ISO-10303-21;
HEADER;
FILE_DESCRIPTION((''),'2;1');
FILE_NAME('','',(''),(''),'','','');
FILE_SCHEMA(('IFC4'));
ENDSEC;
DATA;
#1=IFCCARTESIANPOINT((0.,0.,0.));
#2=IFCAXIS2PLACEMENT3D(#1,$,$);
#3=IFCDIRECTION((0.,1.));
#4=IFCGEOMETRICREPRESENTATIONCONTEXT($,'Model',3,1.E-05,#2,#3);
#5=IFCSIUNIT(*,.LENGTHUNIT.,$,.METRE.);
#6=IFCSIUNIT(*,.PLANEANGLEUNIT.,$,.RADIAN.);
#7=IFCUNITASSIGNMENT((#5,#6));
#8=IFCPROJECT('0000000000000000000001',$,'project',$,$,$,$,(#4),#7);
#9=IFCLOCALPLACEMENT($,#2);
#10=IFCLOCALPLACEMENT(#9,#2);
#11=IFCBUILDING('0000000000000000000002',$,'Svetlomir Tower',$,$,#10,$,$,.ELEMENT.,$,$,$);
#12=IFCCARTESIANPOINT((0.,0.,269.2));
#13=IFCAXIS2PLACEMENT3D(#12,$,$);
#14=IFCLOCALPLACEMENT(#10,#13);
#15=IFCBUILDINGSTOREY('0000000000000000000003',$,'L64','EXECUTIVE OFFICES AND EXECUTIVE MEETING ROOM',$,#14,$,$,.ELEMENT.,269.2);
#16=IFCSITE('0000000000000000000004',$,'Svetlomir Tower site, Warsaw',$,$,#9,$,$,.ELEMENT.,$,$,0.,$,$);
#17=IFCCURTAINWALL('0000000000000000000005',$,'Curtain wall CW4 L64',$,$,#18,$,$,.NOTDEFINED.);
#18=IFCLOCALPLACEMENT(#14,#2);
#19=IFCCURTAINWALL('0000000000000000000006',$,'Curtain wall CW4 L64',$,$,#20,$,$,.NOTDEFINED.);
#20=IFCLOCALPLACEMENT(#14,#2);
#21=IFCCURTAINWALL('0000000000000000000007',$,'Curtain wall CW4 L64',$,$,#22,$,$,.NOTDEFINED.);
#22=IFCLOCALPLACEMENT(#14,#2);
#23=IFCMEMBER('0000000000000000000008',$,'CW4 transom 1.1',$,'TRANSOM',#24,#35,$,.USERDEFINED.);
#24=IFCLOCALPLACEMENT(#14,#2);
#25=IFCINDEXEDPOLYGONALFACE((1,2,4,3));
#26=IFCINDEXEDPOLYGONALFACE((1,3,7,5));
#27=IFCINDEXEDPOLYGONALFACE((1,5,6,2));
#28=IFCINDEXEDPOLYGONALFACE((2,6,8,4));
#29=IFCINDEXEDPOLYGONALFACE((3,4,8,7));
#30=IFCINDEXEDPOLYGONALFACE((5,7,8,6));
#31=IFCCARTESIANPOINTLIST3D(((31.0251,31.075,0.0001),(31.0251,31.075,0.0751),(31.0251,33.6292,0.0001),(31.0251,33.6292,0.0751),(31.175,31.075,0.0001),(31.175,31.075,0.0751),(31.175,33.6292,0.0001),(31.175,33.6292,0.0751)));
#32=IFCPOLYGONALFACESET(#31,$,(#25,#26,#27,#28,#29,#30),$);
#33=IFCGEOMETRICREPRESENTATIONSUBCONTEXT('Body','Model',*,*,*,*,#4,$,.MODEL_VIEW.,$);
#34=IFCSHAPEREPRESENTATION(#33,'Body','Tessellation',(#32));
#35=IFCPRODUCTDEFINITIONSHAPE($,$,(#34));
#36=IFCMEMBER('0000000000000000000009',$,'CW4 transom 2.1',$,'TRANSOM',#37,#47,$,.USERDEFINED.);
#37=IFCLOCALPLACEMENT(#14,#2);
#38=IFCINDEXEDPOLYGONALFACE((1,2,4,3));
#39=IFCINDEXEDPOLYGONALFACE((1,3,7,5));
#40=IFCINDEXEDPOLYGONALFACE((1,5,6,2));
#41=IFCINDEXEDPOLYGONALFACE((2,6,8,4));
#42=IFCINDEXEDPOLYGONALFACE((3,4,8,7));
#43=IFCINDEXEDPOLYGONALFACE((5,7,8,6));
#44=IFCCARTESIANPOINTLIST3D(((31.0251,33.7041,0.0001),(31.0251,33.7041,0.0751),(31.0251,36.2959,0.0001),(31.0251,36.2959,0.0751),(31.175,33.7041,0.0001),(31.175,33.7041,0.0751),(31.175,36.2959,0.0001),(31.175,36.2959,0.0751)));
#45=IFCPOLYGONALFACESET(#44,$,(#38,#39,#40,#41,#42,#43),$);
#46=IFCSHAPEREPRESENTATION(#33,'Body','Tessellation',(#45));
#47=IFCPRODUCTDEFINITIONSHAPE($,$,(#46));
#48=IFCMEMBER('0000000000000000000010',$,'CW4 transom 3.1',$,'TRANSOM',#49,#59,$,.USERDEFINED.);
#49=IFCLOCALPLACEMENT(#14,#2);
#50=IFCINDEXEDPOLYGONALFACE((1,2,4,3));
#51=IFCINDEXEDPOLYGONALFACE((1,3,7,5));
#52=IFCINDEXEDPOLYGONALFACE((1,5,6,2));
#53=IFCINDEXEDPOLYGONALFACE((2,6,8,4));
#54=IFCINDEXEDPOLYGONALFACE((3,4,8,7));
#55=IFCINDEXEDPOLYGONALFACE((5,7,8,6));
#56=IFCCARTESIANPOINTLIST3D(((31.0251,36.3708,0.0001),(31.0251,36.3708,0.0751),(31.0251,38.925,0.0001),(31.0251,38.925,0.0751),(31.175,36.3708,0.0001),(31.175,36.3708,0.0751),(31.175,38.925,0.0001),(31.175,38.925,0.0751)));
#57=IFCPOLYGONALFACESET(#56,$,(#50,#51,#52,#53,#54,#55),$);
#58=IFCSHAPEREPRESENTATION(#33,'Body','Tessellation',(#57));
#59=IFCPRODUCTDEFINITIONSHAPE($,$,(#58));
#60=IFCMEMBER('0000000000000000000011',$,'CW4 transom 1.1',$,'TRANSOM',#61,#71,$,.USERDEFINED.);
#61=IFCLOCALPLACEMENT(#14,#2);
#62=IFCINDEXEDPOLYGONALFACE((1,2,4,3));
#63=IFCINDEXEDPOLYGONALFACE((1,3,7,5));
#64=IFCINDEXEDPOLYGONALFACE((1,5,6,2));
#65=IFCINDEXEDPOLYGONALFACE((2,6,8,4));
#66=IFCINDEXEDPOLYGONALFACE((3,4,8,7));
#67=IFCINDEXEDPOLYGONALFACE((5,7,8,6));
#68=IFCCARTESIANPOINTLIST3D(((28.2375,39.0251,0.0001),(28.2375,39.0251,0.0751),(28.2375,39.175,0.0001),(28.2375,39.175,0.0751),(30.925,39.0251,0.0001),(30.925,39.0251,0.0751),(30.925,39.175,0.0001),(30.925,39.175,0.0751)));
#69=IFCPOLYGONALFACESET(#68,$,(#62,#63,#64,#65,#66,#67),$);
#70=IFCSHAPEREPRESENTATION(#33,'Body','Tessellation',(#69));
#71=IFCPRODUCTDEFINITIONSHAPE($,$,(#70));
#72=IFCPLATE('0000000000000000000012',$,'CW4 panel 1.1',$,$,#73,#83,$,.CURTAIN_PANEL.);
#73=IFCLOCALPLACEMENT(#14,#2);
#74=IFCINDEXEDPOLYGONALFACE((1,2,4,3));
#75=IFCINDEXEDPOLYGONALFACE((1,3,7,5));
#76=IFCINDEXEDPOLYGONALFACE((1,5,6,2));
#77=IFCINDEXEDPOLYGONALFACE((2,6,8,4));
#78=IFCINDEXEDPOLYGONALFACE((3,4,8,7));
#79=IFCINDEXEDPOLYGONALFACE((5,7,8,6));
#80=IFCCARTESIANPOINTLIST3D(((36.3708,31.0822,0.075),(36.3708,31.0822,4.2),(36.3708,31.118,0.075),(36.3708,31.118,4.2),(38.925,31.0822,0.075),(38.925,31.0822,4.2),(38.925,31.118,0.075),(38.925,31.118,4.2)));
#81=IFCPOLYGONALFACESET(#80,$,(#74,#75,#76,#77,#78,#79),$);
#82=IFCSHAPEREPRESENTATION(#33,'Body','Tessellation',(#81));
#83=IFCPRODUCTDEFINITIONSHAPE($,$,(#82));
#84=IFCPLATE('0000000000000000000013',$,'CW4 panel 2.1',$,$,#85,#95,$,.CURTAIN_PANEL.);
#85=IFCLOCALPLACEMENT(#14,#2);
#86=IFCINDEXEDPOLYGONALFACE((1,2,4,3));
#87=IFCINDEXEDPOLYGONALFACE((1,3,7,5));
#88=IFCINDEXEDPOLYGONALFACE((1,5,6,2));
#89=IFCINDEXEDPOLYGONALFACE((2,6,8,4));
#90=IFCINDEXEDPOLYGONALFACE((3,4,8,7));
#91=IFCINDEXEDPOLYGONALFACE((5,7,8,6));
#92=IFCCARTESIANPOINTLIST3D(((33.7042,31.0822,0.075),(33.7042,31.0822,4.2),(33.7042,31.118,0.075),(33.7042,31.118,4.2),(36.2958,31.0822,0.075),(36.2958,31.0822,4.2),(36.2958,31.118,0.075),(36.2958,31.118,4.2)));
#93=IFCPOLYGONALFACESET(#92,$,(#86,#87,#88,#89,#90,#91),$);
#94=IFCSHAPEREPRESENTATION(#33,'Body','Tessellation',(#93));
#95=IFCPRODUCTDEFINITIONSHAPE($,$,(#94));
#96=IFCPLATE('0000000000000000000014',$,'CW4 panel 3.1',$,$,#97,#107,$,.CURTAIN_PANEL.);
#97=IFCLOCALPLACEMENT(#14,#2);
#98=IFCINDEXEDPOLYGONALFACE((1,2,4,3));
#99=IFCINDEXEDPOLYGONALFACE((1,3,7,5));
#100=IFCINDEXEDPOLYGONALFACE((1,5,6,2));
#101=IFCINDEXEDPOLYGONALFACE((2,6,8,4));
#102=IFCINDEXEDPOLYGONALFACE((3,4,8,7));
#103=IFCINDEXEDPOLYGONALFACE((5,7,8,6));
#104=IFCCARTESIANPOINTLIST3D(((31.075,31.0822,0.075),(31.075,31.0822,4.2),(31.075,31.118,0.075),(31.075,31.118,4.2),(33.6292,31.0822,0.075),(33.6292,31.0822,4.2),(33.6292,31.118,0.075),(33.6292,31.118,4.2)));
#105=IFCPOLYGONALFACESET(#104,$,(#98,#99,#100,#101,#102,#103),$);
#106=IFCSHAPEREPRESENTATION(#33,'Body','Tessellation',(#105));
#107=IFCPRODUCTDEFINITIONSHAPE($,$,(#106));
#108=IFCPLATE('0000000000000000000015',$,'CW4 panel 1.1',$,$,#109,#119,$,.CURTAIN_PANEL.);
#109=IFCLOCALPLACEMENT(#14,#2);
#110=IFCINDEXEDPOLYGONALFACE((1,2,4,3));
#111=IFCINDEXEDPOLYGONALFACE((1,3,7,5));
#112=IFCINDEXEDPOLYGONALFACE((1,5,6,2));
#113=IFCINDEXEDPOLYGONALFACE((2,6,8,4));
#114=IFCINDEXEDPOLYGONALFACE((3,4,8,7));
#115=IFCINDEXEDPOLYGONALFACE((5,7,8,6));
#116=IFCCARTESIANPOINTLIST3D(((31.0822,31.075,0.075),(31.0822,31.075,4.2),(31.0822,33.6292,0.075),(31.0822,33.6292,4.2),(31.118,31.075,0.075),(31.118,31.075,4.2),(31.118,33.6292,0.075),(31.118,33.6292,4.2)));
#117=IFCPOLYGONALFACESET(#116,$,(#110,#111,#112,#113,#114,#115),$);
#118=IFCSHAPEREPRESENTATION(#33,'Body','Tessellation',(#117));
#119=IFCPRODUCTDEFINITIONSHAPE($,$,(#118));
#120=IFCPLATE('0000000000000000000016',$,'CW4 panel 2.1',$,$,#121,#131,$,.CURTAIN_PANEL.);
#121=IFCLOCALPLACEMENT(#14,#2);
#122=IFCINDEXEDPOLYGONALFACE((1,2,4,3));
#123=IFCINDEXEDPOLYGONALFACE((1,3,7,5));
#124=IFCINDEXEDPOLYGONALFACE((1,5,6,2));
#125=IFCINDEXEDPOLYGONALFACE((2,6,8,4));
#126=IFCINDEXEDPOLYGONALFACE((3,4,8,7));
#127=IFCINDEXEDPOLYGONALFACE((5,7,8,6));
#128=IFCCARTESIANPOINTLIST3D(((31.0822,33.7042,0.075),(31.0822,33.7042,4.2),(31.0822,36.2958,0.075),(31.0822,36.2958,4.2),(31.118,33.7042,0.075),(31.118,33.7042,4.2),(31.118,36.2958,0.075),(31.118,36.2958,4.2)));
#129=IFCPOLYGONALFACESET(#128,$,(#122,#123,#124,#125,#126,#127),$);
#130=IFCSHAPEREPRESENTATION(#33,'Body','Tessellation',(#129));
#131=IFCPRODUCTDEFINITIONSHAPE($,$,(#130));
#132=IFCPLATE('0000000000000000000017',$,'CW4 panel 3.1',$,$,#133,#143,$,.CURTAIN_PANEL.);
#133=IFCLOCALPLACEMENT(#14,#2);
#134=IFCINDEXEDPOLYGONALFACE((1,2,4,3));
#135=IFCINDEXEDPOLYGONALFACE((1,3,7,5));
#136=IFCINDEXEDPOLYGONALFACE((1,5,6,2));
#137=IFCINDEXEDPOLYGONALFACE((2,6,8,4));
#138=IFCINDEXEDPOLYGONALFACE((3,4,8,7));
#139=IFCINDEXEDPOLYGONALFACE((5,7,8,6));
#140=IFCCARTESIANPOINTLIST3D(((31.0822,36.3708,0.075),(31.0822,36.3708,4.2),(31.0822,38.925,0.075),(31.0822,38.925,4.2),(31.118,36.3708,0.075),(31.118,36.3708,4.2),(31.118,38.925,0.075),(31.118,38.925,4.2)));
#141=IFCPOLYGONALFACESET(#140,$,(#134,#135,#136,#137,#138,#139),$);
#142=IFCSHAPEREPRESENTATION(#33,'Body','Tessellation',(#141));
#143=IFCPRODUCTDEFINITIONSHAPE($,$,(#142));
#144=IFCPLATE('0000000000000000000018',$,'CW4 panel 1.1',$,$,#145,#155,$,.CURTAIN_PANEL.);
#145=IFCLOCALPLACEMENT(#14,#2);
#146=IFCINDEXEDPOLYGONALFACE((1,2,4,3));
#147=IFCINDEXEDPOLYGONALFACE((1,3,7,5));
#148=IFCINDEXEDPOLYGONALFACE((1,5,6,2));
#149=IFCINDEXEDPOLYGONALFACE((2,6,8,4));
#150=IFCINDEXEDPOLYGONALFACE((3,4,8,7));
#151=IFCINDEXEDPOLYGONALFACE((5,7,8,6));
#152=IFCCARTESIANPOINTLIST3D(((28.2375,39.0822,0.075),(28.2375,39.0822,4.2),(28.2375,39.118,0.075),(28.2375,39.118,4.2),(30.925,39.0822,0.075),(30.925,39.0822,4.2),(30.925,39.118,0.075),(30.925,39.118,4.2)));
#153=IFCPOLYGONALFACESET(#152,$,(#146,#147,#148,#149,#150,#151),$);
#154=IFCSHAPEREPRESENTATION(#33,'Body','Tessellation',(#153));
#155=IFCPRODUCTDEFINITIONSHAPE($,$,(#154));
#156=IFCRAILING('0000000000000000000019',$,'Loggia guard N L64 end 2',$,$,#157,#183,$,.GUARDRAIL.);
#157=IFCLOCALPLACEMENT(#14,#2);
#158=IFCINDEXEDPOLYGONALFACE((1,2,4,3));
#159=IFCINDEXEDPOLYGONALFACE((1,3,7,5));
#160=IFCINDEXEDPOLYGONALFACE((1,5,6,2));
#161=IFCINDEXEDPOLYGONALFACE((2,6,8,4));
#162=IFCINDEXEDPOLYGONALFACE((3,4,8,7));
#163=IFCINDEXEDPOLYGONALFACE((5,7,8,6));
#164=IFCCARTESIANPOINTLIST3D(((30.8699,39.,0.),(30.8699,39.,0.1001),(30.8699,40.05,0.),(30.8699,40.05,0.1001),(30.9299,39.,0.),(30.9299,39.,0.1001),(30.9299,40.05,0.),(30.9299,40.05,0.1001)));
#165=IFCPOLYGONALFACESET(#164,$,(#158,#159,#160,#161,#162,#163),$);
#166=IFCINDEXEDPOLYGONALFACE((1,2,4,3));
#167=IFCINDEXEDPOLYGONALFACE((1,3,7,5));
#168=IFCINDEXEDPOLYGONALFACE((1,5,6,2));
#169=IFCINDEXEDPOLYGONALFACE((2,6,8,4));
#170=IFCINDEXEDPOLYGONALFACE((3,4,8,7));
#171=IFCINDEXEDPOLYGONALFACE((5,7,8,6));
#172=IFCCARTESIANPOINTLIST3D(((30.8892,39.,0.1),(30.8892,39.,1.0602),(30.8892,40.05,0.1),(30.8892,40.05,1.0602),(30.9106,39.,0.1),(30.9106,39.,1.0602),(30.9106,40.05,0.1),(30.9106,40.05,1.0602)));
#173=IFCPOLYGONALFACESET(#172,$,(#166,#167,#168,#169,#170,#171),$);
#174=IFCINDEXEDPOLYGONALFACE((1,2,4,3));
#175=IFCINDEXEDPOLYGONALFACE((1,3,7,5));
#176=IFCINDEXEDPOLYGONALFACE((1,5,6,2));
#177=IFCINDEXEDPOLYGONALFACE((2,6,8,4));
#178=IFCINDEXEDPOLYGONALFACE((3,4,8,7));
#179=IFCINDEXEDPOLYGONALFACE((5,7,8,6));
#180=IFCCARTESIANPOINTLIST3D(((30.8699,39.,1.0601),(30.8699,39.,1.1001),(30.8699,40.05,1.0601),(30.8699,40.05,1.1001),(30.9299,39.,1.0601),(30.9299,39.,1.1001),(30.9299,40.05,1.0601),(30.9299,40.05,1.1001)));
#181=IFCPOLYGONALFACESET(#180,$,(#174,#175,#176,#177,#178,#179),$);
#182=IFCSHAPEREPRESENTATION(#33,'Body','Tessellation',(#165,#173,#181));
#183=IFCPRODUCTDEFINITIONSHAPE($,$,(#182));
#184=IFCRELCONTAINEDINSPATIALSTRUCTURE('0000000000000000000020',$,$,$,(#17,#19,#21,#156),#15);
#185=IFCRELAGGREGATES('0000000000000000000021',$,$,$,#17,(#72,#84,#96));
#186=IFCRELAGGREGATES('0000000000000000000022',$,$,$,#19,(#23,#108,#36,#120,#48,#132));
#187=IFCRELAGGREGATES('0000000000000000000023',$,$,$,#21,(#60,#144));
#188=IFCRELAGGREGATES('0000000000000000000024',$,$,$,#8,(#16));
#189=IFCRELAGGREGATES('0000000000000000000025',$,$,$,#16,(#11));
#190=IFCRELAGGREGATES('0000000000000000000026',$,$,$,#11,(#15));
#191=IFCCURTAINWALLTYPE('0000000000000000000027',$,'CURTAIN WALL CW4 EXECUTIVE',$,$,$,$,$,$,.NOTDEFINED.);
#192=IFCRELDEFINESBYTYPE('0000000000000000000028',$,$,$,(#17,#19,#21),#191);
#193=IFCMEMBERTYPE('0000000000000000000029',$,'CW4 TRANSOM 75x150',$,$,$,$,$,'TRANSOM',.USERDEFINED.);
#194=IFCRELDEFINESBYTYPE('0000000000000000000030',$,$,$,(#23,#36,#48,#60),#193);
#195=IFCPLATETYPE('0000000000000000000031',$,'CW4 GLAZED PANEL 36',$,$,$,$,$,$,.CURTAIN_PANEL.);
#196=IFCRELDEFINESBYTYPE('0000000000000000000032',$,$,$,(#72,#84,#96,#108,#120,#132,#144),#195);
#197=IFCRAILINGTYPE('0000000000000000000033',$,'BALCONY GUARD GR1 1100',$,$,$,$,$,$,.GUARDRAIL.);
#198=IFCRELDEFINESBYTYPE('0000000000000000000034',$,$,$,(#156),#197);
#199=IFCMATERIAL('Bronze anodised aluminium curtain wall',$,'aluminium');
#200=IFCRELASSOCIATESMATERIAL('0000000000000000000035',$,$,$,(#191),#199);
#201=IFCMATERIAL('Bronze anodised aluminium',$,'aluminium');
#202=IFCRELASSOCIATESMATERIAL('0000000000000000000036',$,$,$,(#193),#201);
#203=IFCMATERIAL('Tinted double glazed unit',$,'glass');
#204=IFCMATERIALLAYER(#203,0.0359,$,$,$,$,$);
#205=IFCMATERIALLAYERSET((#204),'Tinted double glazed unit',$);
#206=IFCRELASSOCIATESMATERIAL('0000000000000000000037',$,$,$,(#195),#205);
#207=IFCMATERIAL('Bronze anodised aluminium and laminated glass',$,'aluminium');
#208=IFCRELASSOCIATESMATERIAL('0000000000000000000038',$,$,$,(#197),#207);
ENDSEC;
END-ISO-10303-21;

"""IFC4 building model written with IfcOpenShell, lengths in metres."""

from ifc_helpers import new_model, si_unit, direction, frame, origin, origin_2d, place, context, subcontext, project, spatial, rectangle, extrude, material, layer, layer_set, material_profile, profile_set, type_object, element, aggregate, save


model = new_model("IFC4")

# Units and contexts
model_context = context("Model", 3, precision=1e-05, world=origin(), true_north=direction((0.0, 1.0)))
body_context = subcontext(model_context, "Body", "Model", "MODEL_VIEW")
ifc_project = project(units=[si_unit("LENGTHUNIT", "METRE"), si_unit("PLANEANGLEUNIT", "RADIAN")], contexts=[model_context])

# Site, building, storey
site_placement = place(None, origin())
site = spatial("IfcSite", under=ifc_project, at=site_placement, Name="Svetlomir Tower site, Warsaw", CompositionType="ELEMENT", RefElevation=0.0)
building_placement = place(site_placement, origin())
building = spatial("IfcBuilding", under=site, at=building_placement, Name="Svetlomir Tower", CompositionType="ELEMENT")
storey_placement = place(building_placement, frame((0.0, 0.0, 269.2)))
storey = spatial("IfcBuildingStorey", under=building, at=storey_placement, Name="L64", Description="EXECUTIVE OFFICES AND EXECUTIVE MEETING ROOM", CompositionType="ELEMENT", Elevation=269.2)

# Curtain walls
ifc_material_1 = material(Name="Bronze anodised aluminium curtain wall", Category="aluminium")
curtain_wall_type = type_object("IfcCurtainWallType", Name="CURTAIN WALL CW4 EXECUTIVE", PredefinedType="NOTDEFINED", material=ifc_material_1)
curtain_wall_1_placement = place(storey_placement, origin())
curtain_wall_1 = element("IfcCurtainWall", 1, at=curtain_wall_1_placement, inside=storey, type_object=curtain_wall_type, Name="Curtain wall CW4 L64", PredefinedType="NOTDEFINED")
curtain_wall_2_placement = place(storey_placement, origin())
curtain_wall_2 = element("IfcCurtainWall", 2, at=curtain_wall_2_placement, inside=storey, type_object=curtain_wall_type, Name="Curtain wall CW4 L64", PredefinedType="NOTDEFINED")

# Curtain wall
curtain_wall_3_placement = place(storey_placement, origin())
curtain_wall_3 = element("IfcCurtainWall", 3, at=curtain_wall_3_placement, inside=storey, type_object=curtain_wall_type, Name="Curtain wall CW4 L64", PredefinedType="NOTDEFINED")

# Members
ifc_material_2 = material(Name="Bronze anodised aluminium", Category="aluminium")
ifc_material_profile_1 = material_profile(ifc_material_2, rectangle(XDim=0.1499, YDim=0.075, at=origin_2d()), Name="AL 150x75")
ifc_profile_set_1 = profile_set([ifc_material_profile_1], Name="Bronze anodised aluminium 6063-T6")
member_type_1 = type_object("IfcMemberType", Name="CW4 TRANSOM 75x150", ElementType="TRANSOM", PredefinedType="USERDEFINED", material=ifc_profile_set_1)
member_1_placement = place(storey_placement, frame((31.1001, 31.075, 0.0376), z_axis=(0.0, 1.0, 0.0), x_axis=(-1.0, 0.0, 0.0)))
member_1 = element("IfcMember", 4, at=member_1_placement, type_object=member_type_1, Name="CW4 transom 1.1", ObjectType="TRANSOM", PredefinedType="USERDEFINED", context=body_context, shape_type="SweptSolid", body=[
    extrude(rectangle(XDim=0.1499, YDim=0.075, at=origin_2d()), origin(), (0.0, 0.0, 1.0), 2.5542),
])
member_2_placement = place(storey_placement, frame((31.1001, 33.7041, 0.0376), z_axis=(0.0, 1.0, 0.0), x_axis=(-1.0, 0.0, 0.0)))
member_2 = element("IfcMember", 5, at=member_2_placement, type_object=member_type_1, Name="CW4 transom 2.1", ObjectType="TRANSOM", PredefinedType="USERDEFINED", context=body_context, shape_type="SweptSolid", body=[
    extrude(rectangle(XDim=0.1499, YDim=0.075, at=origin_2d()), origin(), (0.0, 0.0, 1.0), 2.5918),
])
member_3_placement = place(storey_placement, frame((31.1001, 36.3708, 0.0376), z_axis=(0.0, 1.0, 0.0), x_axis=(-1.0, 0.0, 0.0)))
member_3 = element("IfcMember", 6, at=member_3_placement, type_object=member_type_1, Name="CW4 transom 3.1", ObjectType="TRANSOM", PredefinedType="USERDEFINED", context=body_context, shape_type="SweptSolid", body=[
    extrude(rectangle(XDim=0.1499, YDim=0.075, at=origin_2d()), origin(), (0.0, 0.0, 1.0), 2.5542),
])
member_4_placement = place(storey_placement, frame((30.925, 39.1001, 0.0376), z_axis=(-1.0, 0.0, 0.0), x_axis=(0.0, -1.0, 0.0)))
member_4 = element("IfcMember", 7, at=member_4_placement, type_object=member_type_1, Name="CW4 transom 1.1", ObjectType="TRANSOM", PredefinedType="USERDEFINED", context=body_context, shape_type="SweptSolid", body=[
    extrude(rectangle(XDim=0.1499, YDim=0.075, at=origin_2d()), origin(), (0.0, 0.0, 1.0), 2.6875),
])

# Plates
ifc_material_3 = material(Name="Tinted double glazed unit", Category="glass")
ifc_layer = layer(ifc_material_3, 0.0359)
ifc_layer_set = layer_set([ifc_layer], Name="Tinted double glazed unit")
plate_type = type_object("IfcPlateType", Name="CW4 GLAZED PANEL 36", PredefinedType="CURTAIN_PANEL", material=ifc_layer_set)
plate_1_placement = place(storey_placement, frame((37.6479, 31.1001, 0.075), z_axis=(0.0, 0.0, 1.0), x_axis=(-1.0, 0.0, 0.0)))
plate_1 = element("IfcPlate", 8, at=plate_1_placement, type_object=plate_type, Name="CW4 panel 1.1", PredefinedType="CURTAIN_PANEL", context=body_context, shape_type="SweptSolid", body=[
    extrude(rectangle(XDim=2.5542, YDim=0.0359, at=origin_2d()), origin(), (0.0, 0.0, 1.0), 4.125),
])
plate_2_placement = place(storey_placement, frame((35.0, 31.1001, 0.075), z_axis=(0.0, 0.0, 1.0), x_axis=(-1.0, 0.0, 0.0)))
plate_2 = element("IfcPlate", 9, at=plate_2_placement, type_object=plate_type, Name="CW4 panel 2.1", PredefinedType="CURTAIN_PANEL", context=body_context, shape_type="SweptSolid", body=[
    extrude(rectangle(XDim=2.5916, YDim=0.0359, at=origin_2d()), origin(), (0.0, 0.0, 1.0), 4.125),
])
plate_3_placement = place(storey_placement, frame((32.3521, 31.1001, 0.075), z_axis=(0.0, 0.0, 1.0), x_axis=(-1.0, 0.0, 0.0)))
plate_3 = element("IfcPlate", 10, at=plate_3_placement, type_object=plate_type, Name="CW4 panel 3.1", PredefinedType="CURTAIN_PANEL", context=body_context, shape_type="SweptSolid", body=[
    extrude(rectangle(XDim=2.5542, YDim=0.0359, at=origin_2d()), origin(), (0.0, 0.0, 1.0), 4.125),
])
aggregate(curtain_wall_1, [plate_1, plate_2, plate_3])
plate_4_placement = place(storey_placement, frame((31.1001, 32.3521, 0.075), z_axis=(0.0, 0.0, 1.0), x_axis=(0.0, 1.0, 0.0)))
plate_4 = element("IfcPlate", 11, at=plate_4_placement, type_object=plate_type, Name="CW4 panel 1.1", PredefinedType="CURTAIN_PANEL", context=body_context, shape_type="SweptSolid", body=[
    extrude(rectangle(XDim=2.5542, YDim=0.0359, at=origin_2d()), origin(), (0.0, 0.0, 1.0), 4.125),
])
plate_5_placement = place(storey_placement, frame((31.1001, 35.0, 0.075), z_axis=(0.0, 0.0, 1.0), x_axis=(0.0, 1.0, 0.0)))
plate_5 = element("IfcPlate", 12, at=plate_5_placement, type_object=plate_type, Name="CW4 panel 2.1", PredefinedType="CURTAIN_PANEL", context=body_context, shape_type="SweptSolid", body=[
    extrude(rectangle(XDim=2.5916, YDim=0.0359, at=origin_2d()), origin(), (0.0, 0.0, 1.0), 4.125),
])
plate_6_placement = place(storey_placement, frame((31.1001, 37.6479, 0.075), z_axis=(0.0, 0.0, 1.0), x_axis=(0.0, 1.0, 0.0)))
plate_6 = element("IfcPlate", 13, at=plate_6_placement, type_object=plate_type, Name="CW4 panel 3.1", PredefinedType="CURTAIN_PANEL", context=body_context, shape_type="SweptSolid", body=[
    extrude(rectangle(XDim=2.5542, YDim=0.0359, at=origin_2d()), origin(), (0.0, 0.0, 1.0), 4.125),
])
aggregate(curtain_wall_2, [member_1, plate_4, member_2, plate_5, member_3, plate_6])
plate_7_placement = place(storey_placement, frame((29.5813, 39.1001, 0.075), z_axis=(0.0, 0.0, 1.0), x_axis=(-1.0, 0.0, 0.0)))
plate_7 = element("IfcPlate", 14, at=plate_7_placement, type_object=plate_type, Name="CW4 panel 1.1", PredefinedType="CURTAIN_PANEL", context=body_context, shape_type="SweptSolid", body=[
    extrude(rectangle(XDim=2.6875, YDim=0.0359, at=origin_2d()), origin(), (0.0, 0.0, 1.0), 4.125),
])
aggregate(curtain_wall_3, [member_4, plate_7])

# Railing
ifc_material_4 = material(Name="Bronze anodised aluminium and laminated glass", Category="aluminium")
railing_type = type_object("IfcRailingType", Name="BALCONY GUARD GR1 1100", PredefinedType="GUARDRAIL", material=ifc_material_4)
railing_placement = place(storey_placement, frame((30.8999, 40.05, 0.0)))
element("IfcRailing", 15, at=railing_placement, inside=storey, type_object=railing_type, Name="Loggia guard N L64 end 2", PredefinedType="GUARDRAIL", context=body_context, shape_type="SweptSolid", body=[
    extrude(rectangle(XDim=0.0601, YDim=0.1001, at=origin_2d()), frame((0.0, 0.0, 0.05), z_axis=(0.0, -1.0, 0.0), x_axis=(1.0, 0.0, 0.0)), (0.0, 0.0, 1.0), 1.05),
    extrude(rectangle(XDim=0.0215, YDim=0.9602, at=origin_2d()), frame((0.0, 0.0, 0.5801), z_axis=(0.0, -1.0, 0.0), x_axis=(1.0, 0.0, 0.0)), (0.0, 0.0, 1.0), 1.05),
    extrude(rectangle(XDim=0.0601, YDim=0.04, at=origin_2d()), frame((0.0, 0.0, 1.0801), z_axis=(0.0, -1.0, 0.0), x_axis=(1.0, 0.0, 0.0)), (0.0, 0.0, 1.0), 1.05),
])

save(model, "model.ifc")
